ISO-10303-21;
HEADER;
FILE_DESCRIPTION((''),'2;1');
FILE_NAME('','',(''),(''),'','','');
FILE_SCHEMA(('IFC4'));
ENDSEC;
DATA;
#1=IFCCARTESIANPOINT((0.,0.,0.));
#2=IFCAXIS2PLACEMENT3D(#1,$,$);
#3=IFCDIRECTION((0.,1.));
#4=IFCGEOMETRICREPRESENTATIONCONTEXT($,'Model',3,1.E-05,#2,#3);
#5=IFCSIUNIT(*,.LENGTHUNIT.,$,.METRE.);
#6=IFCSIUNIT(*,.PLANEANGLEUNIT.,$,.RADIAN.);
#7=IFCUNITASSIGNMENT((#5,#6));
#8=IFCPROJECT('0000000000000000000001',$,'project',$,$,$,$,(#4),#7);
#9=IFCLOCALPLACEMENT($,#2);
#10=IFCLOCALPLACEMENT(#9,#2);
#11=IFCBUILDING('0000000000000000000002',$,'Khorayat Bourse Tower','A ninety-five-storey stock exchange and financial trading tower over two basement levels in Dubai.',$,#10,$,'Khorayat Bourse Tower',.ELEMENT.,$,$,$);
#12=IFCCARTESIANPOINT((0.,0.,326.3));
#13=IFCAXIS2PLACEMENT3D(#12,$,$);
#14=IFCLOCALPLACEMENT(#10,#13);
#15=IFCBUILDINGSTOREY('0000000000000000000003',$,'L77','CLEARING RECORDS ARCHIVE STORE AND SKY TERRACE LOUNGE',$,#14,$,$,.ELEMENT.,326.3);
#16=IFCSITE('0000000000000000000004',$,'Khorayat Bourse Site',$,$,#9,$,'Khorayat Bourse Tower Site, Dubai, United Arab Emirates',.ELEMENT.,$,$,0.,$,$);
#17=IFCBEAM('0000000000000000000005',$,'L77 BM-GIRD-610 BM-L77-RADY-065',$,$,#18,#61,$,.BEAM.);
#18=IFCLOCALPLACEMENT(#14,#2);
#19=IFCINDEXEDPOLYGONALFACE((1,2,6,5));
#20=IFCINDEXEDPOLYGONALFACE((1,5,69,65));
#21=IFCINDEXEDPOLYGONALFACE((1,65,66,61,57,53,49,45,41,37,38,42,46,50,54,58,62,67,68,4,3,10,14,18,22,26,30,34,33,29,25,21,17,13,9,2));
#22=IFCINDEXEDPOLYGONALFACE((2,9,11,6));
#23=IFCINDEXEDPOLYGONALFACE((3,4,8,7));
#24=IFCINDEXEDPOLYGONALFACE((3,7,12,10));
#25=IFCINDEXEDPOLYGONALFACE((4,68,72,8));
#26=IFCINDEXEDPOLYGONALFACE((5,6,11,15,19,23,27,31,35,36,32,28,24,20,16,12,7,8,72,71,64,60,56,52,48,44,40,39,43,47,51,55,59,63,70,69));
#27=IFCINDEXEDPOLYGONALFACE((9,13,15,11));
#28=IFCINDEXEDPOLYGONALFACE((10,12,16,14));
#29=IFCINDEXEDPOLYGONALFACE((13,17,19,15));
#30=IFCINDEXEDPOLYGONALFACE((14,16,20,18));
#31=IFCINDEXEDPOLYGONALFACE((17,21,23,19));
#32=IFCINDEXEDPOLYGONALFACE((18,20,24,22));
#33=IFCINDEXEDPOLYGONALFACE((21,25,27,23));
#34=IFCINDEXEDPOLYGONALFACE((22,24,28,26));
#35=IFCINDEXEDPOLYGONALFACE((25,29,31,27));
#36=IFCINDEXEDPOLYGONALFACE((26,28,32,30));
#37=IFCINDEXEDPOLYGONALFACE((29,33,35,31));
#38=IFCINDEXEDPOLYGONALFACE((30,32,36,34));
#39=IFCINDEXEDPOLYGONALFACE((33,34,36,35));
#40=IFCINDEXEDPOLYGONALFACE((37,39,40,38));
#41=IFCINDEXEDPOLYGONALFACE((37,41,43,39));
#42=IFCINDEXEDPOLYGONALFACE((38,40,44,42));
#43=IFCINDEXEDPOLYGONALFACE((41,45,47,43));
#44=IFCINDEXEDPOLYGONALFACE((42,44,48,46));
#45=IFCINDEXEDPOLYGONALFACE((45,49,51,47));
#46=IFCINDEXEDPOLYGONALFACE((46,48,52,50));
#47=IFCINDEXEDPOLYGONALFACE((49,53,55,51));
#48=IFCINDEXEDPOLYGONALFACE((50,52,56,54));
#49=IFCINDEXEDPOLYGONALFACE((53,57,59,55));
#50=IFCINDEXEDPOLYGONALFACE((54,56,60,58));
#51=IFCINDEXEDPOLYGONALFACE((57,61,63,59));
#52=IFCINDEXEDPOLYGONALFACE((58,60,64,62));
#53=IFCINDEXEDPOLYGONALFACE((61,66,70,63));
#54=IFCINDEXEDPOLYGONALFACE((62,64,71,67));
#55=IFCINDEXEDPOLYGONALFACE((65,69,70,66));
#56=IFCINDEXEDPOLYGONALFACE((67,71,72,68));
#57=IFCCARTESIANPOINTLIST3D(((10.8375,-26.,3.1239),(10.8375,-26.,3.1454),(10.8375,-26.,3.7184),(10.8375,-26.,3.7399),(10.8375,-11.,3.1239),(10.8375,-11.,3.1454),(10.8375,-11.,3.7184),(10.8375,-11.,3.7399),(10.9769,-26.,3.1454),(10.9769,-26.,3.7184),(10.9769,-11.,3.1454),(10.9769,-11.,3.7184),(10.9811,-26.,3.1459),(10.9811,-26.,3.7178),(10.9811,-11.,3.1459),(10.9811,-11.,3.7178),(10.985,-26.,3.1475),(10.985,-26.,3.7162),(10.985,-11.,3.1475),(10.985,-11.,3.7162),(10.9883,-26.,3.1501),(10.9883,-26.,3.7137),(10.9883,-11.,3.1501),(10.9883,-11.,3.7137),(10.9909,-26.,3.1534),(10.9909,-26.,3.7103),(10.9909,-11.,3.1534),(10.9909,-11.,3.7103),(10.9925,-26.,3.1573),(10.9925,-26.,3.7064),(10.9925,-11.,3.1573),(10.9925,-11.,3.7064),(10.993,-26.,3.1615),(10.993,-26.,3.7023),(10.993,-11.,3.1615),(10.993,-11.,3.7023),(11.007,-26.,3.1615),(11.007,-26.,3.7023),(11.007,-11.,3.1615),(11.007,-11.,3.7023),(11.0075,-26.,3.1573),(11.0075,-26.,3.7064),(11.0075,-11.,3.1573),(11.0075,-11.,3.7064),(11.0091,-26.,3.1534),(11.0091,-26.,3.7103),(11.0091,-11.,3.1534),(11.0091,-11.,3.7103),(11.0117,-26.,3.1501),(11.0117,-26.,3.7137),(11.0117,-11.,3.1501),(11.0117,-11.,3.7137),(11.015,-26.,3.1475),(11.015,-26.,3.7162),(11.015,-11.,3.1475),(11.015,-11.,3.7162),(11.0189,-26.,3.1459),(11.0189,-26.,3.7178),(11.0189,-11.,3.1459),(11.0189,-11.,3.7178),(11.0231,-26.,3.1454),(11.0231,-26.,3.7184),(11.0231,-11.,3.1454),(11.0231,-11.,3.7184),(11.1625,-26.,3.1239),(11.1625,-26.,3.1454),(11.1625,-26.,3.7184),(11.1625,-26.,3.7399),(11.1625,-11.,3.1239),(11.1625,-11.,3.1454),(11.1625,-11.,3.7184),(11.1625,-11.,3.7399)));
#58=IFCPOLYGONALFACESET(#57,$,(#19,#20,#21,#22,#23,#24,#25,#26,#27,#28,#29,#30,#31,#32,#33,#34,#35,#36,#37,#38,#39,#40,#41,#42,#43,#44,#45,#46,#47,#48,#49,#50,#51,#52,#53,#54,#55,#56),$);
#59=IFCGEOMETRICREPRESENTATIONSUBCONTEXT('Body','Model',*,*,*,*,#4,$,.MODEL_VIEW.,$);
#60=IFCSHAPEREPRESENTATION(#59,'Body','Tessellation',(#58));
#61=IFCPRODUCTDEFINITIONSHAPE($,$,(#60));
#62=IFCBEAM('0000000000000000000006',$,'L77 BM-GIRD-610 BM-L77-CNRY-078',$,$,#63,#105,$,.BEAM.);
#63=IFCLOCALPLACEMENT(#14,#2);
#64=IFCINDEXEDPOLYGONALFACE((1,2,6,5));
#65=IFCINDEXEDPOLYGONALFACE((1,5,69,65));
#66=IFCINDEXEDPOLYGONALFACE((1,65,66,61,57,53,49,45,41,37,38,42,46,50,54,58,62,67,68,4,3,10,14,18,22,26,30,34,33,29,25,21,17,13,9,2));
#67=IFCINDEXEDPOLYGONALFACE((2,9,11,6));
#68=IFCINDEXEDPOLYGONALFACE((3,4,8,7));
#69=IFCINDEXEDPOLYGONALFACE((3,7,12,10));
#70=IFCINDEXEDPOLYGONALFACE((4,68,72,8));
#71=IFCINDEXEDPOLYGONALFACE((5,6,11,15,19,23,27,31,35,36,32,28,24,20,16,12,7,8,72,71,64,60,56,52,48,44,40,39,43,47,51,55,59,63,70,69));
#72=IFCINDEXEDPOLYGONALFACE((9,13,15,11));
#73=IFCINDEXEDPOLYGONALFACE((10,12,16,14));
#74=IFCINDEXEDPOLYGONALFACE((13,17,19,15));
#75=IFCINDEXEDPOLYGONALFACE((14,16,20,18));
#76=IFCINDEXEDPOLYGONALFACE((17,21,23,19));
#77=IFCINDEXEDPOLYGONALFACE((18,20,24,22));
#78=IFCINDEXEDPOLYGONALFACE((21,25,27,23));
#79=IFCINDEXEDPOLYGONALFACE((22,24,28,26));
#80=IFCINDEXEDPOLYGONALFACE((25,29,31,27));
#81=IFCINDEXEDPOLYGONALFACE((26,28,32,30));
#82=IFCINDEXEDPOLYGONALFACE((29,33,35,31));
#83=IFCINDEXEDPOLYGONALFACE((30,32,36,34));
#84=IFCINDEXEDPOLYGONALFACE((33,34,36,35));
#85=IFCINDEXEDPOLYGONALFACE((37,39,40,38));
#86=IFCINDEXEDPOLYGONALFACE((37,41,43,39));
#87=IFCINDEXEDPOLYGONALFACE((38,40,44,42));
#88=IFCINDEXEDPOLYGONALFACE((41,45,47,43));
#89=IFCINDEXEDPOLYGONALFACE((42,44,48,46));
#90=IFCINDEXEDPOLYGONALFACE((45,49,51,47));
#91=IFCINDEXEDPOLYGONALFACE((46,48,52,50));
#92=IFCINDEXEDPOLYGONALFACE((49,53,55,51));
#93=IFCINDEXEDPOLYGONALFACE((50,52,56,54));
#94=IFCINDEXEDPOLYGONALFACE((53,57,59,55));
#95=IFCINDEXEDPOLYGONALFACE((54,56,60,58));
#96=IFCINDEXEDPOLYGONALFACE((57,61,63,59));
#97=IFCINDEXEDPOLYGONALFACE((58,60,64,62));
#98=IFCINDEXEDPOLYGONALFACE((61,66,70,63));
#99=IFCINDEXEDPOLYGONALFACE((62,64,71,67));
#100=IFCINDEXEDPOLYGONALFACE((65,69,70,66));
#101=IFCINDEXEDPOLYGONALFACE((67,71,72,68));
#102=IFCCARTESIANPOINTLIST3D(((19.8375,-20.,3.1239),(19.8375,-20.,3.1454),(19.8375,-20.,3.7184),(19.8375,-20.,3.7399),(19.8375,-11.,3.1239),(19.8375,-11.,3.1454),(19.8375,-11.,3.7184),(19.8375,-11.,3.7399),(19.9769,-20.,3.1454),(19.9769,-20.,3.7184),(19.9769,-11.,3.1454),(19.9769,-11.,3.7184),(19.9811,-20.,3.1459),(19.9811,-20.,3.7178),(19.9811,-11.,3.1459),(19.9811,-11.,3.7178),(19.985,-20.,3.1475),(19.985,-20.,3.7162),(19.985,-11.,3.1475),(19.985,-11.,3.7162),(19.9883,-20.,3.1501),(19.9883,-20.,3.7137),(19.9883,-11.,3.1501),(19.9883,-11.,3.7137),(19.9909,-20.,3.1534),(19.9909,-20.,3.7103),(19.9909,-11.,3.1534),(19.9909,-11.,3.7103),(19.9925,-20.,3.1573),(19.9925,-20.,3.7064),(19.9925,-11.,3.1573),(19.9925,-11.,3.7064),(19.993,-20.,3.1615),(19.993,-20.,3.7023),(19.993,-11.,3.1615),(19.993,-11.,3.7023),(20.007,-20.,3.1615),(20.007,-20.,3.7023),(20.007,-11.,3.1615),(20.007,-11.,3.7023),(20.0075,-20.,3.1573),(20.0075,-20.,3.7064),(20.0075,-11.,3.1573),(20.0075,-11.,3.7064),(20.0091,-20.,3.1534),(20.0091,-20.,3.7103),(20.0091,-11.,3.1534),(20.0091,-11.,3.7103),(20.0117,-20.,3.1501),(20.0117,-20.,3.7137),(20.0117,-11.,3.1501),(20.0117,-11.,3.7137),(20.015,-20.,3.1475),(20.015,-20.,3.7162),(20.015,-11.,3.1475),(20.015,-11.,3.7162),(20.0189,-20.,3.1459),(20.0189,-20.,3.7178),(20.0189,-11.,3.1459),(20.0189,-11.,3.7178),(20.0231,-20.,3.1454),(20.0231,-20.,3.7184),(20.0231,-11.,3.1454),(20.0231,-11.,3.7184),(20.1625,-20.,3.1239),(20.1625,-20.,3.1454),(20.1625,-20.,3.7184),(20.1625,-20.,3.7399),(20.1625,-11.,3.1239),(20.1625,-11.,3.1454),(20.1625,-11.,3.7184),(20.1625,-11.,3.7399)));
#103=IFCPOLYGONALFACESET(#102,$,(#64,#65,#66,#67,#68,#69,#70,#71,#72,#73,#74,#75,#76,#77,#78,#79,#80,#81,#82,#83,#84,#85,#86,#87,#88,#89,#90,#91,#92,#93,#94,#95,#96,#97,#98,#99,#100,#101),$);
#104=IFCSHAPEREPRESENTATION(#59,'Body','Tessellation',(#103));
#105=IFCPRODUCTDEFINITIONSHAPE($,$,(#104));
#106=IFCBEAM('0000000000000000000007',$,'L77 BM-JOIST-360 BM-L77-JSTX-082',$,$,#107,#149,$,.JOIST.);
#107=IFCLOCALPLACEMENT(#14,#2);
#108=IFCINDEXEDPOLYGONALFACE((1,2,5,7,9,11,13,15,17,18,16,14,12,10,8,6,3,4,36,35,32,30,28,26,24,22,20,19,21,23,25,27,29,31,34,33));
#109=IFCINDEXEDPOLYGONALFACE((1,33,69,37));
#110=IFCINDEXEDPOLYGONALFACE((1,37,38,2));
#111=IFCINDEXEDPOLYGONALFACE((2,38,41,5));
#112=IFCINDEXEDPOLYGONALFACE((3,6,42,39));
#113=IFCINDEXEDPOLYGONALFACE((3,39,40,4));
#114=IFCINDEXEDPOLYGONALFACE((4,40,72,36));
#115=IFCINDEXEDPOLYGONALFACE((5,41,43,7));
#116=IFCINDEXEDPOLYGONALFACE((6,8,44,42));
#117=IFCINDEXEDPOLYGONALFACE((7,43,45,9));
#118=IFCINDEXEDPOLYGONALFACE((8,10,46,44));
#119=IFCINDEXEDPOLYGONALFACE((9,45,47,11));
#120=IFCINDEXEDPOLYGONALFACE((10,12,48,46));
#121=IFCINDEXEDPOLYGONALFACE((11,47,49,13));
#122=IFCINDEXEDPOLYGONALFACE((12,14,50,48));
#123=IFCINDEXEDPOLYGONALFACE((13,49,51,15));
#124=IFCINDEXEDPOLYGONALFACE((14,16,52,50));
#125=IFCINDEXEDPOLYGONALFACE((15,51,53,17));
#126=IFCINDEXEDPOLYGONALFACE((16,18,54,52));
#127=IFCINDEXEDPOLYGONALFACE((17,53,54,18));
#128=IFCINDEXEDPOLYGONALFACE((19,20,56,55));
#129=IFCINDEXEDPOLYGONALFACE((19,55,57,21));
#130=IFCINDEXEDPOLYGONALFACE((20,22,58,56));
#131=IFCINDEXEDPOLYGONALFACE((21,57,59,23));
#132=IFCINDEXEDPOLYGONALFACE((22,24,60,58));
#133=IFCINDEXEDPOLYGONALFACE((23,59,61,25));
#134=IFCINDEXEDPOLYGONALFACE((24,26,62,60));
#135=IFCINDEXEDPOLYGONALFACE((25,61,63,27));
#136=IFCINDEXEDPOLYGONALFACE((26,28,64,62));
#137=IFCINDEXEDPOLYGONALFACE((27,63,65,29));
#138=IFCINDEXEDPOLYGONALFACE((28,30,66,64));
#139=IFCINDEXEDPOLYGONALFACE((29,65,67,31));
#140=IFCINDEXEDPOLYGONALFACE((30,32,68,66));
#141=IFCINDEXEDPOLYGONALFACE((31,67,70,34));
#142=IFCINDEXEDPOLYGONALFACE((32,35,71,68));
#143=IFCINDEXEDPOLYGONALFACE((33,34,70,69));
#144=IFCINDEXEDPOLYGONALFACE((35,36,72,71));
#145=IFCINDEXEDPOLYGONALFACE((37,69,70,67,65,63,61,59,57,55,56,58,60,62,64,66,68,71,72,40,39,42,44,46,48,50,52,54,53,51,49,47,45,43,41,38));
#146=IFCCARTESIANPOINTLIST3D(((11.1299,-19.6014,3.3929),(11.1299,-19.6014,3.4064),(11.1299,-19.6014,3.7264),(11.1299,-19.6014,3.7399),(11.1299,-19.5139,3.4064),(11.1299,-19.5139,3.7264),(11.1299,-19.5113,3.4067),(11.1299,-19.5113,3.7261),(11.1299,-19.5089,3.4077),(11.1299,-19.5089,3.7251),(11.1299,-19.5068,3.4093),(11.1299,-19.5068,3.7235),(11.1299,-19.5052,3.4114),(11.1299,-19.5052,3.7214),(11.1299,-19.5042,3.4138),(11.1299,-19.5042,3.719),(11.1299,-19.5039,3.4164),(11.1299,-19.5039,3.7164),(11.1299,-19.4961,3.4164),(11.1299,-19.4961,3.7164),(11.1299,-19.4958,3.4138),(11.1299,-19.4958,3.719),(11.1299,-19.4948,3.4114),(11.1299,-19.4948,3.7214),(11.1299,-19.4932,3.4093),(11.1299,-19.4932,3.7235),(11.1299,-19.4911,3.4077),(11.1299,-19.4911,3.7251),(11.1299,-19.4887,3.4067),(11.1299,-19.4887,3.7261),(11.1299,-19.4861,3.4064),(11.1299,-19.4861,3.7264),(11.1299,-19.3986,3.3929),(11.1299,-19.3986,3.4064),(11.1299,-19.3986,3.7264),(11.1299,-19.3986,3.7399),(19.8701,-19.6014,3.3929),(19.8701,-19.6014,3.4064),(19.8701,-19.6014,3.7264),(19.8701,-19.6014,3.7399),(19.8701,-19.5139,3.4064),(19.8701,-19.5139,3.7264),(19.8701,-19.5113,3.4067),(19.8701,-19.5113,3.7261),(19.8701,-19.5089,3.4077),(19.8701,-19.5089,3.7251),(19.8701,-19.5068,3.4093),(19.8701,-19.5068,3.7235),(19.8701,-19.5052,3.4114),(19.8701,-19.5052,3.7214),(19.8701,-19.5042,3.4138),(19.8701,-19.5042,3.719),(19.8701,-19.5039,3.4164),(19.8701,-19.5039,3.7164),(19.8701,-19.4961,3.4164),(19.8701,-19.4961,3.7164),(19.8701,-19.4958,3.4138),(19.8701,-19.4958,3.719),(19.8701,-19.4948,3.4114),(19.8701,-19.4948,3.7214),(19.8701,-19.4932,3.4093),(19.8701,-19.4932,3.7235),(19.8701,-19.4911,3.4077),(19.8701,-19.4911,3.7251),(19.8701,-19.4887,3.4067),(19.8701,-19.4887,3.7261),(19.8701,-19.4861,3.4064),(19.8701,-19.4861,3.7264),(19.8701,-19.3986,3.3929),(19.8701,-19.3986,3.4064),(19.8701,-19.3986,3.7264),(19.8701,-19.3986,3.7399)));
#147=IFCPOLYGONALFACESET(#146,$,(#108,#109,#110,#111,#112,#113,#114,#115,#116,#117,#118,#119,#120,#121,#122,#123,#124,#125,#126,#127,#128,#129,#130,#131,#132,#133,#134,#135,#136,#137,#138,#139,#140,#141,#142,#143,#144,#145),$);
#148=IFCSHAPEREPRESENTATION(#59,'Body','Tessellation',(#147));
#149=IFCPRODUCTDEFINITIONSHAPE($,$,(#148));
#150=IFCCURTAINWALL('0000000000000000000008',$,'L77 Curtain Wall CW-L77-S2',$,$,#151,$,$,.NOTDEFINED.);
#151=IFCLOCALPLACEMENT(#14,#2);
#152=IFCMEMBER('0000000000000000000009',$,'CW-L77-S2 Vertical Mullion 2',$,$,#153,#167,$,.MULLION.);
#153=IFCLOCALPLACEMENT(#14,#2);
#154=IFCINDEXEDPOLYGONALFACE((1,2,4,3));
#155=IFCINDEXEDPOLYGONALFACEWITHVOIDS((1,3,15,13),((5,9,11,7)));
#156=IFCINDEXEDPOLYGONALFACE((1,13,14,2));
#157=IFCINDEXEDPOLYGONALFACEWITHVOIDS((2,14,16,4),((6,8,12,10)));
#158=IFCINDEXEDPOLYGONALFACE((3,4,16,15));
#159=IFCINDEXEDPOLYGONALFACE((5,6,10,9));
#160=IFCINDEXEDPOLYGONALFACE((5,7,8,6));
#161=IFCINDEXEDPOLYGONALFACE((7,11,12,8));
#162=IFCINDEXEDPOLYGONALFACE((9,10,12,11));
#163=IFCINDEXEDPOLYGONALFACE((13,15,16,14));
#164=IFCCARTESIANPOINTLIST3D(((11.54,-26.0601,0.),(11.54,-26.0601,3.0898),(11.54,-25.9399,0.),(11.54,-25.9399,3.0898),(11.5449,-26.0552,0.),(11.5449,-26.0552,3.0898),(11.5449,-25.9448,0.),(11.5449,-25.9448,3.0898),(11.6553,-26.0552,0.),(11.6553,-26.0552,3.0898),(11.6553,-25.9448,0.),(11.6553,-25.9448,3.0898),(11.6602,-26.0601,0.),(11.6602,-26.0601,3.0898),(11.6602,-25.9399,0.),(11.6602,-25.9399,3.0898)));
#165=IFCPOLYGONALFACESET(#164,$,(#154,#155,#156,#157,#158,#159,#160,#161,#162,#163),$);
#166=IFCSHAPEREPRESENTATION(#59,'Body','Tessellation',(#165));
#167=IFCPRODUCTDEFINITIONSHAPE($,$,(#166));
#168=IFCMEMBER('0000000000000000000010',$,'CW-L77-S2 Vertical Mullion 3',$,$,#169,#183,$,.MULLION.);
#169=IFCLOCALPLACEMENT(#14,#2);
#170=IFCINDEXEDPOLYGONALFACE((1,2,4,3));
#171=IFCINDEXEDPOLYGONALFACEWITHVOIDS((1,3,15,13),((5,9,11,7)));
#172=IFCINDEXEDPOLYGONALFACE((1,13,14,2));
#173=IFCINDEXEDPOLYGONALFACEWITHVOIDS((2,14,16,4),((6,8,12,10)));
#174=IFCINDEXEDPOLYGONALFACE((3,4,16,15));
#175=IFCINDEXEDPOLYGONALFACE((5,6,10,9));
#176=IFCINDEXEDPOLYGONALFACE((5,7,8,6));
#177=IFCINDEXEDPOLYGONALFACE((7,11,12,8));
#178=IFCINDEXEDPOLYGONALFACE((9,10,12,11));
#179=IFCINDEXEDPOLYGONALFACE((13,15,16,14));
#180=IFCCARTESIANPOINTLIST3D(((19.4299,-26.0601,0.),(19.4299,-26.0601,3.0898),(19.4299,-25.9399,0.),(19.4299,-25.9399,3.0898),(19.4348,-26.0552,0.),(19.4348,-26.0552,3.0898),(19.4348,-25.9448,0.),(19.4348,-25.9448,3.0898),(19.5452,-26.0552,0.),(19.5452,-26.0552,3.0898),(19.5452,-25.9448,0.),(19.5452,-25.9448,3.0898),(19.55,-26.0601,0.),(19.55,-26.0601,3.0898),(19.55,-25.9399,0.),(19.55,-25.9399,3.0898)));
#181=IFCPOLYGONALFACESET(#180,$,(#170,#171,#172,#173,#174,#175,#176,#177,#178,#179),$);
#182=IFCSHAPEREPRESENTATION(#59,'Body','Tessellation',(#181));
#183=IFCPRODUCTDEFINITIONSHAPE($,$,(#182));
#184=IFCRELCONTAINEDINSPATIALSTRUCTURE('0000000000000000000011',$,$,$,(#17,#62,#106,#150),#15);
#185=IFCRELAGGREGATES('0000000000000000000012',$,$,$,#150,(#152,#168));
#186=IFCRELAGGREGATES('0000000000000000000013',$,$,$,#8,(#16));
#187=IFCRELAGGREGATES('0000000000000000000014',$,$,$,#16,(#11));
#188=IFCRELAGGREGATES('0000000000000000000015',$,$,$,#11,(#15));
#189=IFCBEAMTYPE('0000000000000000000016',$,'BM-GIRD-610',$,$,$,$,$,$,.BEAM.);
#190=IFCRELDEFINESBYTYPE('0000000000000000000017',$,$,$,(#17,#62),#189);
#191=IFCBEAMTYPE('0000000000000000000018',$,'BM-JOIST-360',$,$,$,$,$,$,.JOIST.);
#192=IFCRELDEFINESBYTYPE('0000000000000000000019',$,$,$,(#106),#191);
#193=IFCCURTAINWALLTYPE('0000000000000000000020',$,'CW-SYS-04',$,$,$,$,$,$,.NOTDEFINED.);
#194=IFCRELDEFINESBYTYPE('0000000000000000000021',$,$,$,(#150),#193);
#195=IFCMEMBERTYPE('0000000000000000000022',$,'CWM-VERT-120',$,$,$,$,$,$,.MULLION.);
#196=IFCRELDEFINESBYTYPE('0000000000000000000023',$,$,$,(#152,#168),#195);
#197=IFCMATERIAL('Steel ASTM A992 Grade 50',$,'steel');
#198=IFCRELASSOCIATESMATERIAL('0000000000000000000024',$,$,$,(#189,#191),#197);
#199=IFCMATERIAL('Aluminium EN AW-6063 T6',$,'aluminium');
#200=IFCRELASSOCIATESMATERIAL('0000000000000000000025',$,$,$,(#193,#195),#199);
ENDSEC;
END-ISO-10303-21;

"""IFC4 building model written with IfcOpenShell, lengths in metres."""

from ifc_helpers import new_model, si_unit, direction, frame, origin, origin_2d, place, context, subcontext, project, spatial, hollow_rectangle, i_section, extrude, source, transform, mapped, material, material_profile, profile_set, type_object, element, aggregate, save


model = new_model("IFC4")

# Units and contexts
model_context = context("Model", 3, precision=1e-05, world=origin(), true_north=direction((0.0, 1.0)))
body_context = subcontext(model_context, "Body", "Model", "MODEL_VIEW")
ifc_project = project(units=[si_unit("LENGTHUNIT", "METRE"), si_unit("PLANEANGLEUNIT", "RADIAN")], contexts=[model_context])

# Site, building, storey
site_placement = place(None, origin())
site = spatial("IfcSite", under=ifc_project, at=site_placement, Name="Khorayat Bourse Site", LongName="Khorayat Bourse Tower Site, Dubai, United Arab Emirates", CompositionType="ELEMENT", RefElevation=0.0)
building_placement = place(site_placement, origin())
building = spatial("IfcBuilding", under=site, at=building_placement, Name="Khorayat Bourse Tower", Description="A ninety-five-storey stock exchange and financial trading tower over two basement levels in Dubai.", LongName="Khorayat Bourse Tower", CompositionType="ELEMENT")
storey_placement = place(building_placement, frame((0.0, 0.0, 326.3)))
storey = spatial("IfcBuildingStorey", under=building, at=storey_placement, Name="L77", Description="CLEARING RECORDS ARCHIVE STORE AND SKY TERRACE LOUNGE", CompositionType="ELEMENT", Elevation=326.3)

# Beams
ifc_material_1 = material(Name="Steel ASTM A992 Grade 50", Category="steel")
ifc_material_profile_1 = material_profile(ifc_material_1, i_section(OverallWidth=0.325, OverallDepth=0.616, WebThickness=0.0139, FlangeThickness=0.0215, FilletRadius=0.0161, at=origin_2d()), Name="W610X174")
ifc_profile_set_1 = profile_set([ifc_material_profile_1], Name="Steel ASTM A992 Grade 50")
beam_type_1 = type_object("IfcBeamType", Name="BM-GIRD-610", PredefinedType="BEAM", material=ifc_profile_set_1)
shared_shape_1 = source(origin(), body_context, "Body", "SweptSolid", [
    extrude(i_section(OverallWidth=0.325, OverallDepth=0.616, WebThickness=0.0139, FlangeThickness=0.0215, FilletRadius=0.0161, at=origin_2d()), origin(), (0.0, 0.0, 1.0), 15.0),
])
beam_1_placement = place(storey_placement, frame((11.0, -26.0, 3.4319), z_axis=(0.0, 1.0, 0.0), x_axis=(-1.0, 0.0, 0.0)))
element("IfcBeam", 1, at=beam_1_placement, inside=storey, type_object=beam_type_1, Name="L77 BM-GIRD-610 BM-L77-RADY-065", PredefinedType="BEAM", context=body_context, shape_type="MappedRepresentation", body=[
    mapped(shared_shape_1, transform((0.0, 0.0, 0.0), scale=1.0)),
])
shared_shape_2 = source(origin(), body_context, "Body", "SweptSolid", [
    extrude(i_section(OverallWidth=0.325, OverallDepth=0.616, WebThickness=0.0139, FlangeThickness=0.0215, FilletRadius=0.0161, at=origin_2d()), origin(), (0.0, 0.0, 1.0), 9.0),
])
beam_2_placement = place(storey_placement, frame((20.0, -20.0, 3.4319), z_axis=(0.0, 1.0, 0.0), x_axis=(-1.0, 0.0, 0.0)))
element("IfcBeam", 2, at=beam_2_placement, inside=storey, type_object=beam_type_1, Name="L77 BM-GIRD-610 BM-L77-CNRY-078", PredefinedType="BEAM", context=body_context, shape_type="MappedRepresentation", body=[
    mapped(shared_shape_2, transform((0.0, 0.0, 0.0), scale=1.0)),
])
ifc_material_profile_2 = material_profile(ifc_material_1, i_section(OverallWidth=0.2029, OverallDepth=0.3469, WebThickness=0.0078, FlangeThickness=0.0134, FilletRadius=0.01, at=origin_2d()), Name="W360X64")
ifc_profile_set_2 = profile_set([ifc_material_profile_2], Name="Steel ASTM A992 Grade 50")
beam_type_2 = type_object("IfcBeamType", Name="BM-JOIST-360", PredefinedType="JOIST", material=ifc_profile_set_2)
shared_shape_3 = source(origin(), body_context, "Body", "SweptSolid", [
    extrude(i_section(OverallWidth=0.2029, OverallDepth=0.3469, WebThickness=0.0078, FlangeThickness=0.0134, FilletRadius=0.01, at=origin_2d()), origin(), (0.0, 0.0, 1.0), 8.7402),
])
beam_3_placement = place(storey_placement, frame((11.1299, -19.5, 3.5664), z_axis=(1.0, 0.0, 0.0), x_axis=(0.0, 1.0, 0.0)))
element("IfcBeam", 3, at=beam_3_placement, inside=storey, type_object=beam_type_2, Name="L77 BM-JOIST-360 BM-L77-JSTX-082", PredefinedType="JOIST", context=body_context, shape_type="MappedRepresentation", body=[
    mapped(shared_shape_3, transform((0.0, 0.0, 0.0), scale=1.0)),
])

# Curtain wall, members
ifc_material_2 = material(Name="Aluminium EN AW-6063 T6", Category="aluminium")
curtain_wall_type = type_object("IfcCurtainWallType", Name="CW-SYS-04", PredefinedType="NOTDEFINED", material=ifc_material_2)
curtain_wall_1_placement = place(storey_placement, origin())
curtain_wall_1 = element("IfcCurtainWall", 4, at=curtain_wall_1_placement, inside=storey, type_object=curtain_wall_type, Name="L77 Curtain Wall CW-L77-S2", PredefinedType="NOTDEFINED")
ifc_material_profile_3 = material_profile(ifc_material_2, hollow_rectangle(XDim=0.1201, YDim=0.1201, WallThickness=0.0049, at=origin_2d()), Name="ALU 120x120x5")
ifc_profile_set_3 = profile_set([ifc_material_profile_3], Name="Aluminium EN AW-6063 T6")
member_type_1 = type_object("IfcMemberType", Name="CWM-VERT-120", PredefinedType="MULLION", material=ifc_profile_set_3)
shared_shape_4 = source(origin(), body_context, "Body", "SweptSolid", [
    extrude(hollow_rectangle(XDim=0.1201, YDim=0.1201, WallThickness=0.0049, at=origin_2d()), origin(), (0.0, 0.0, 1.0), 3.0898),
])
member_1_placement = place(storey_placement, frame((11.6001, -26.0, 0.0), z_axis=(0.0, 0.0, 1.0), x_axis=(0.0, 1.0, 0.0)))
member_1 = element("IfcMember", 5, at=member_1_placement, type_object=member_type_1, Name="CW-L77-S2 Vertical Mullion 2", PredefinedType="MULLION", context=body_context, shape_type="MappedRepresentation", body=[
    mapped(shared_shape_4, transform((0.0, 0.0, 0.0), scale=1.0)),
])
member_2_placement = place(storey_placement, frame((19.49, -26.0, 0.0), z_axis=(0.0, 0.0, 1.0), x_axis=(0.0, 1.0, 0.0)))
member_2 = element("IfcMember", 6, at=member_2_placement, type_object=member_type_1, Name="CW-L77-S2 Vertical Mullion 3", PredefinedType="MULLION", context=body_context, shape_type="MappedRepresentation", body=[
    mapped(shared_shape_4, transform((0.0, 0.0, 0.0), scale=1.0)),
])

aggregate(curtain_wall_1, [member_1, member_2])

save(model, "model.ifc")
